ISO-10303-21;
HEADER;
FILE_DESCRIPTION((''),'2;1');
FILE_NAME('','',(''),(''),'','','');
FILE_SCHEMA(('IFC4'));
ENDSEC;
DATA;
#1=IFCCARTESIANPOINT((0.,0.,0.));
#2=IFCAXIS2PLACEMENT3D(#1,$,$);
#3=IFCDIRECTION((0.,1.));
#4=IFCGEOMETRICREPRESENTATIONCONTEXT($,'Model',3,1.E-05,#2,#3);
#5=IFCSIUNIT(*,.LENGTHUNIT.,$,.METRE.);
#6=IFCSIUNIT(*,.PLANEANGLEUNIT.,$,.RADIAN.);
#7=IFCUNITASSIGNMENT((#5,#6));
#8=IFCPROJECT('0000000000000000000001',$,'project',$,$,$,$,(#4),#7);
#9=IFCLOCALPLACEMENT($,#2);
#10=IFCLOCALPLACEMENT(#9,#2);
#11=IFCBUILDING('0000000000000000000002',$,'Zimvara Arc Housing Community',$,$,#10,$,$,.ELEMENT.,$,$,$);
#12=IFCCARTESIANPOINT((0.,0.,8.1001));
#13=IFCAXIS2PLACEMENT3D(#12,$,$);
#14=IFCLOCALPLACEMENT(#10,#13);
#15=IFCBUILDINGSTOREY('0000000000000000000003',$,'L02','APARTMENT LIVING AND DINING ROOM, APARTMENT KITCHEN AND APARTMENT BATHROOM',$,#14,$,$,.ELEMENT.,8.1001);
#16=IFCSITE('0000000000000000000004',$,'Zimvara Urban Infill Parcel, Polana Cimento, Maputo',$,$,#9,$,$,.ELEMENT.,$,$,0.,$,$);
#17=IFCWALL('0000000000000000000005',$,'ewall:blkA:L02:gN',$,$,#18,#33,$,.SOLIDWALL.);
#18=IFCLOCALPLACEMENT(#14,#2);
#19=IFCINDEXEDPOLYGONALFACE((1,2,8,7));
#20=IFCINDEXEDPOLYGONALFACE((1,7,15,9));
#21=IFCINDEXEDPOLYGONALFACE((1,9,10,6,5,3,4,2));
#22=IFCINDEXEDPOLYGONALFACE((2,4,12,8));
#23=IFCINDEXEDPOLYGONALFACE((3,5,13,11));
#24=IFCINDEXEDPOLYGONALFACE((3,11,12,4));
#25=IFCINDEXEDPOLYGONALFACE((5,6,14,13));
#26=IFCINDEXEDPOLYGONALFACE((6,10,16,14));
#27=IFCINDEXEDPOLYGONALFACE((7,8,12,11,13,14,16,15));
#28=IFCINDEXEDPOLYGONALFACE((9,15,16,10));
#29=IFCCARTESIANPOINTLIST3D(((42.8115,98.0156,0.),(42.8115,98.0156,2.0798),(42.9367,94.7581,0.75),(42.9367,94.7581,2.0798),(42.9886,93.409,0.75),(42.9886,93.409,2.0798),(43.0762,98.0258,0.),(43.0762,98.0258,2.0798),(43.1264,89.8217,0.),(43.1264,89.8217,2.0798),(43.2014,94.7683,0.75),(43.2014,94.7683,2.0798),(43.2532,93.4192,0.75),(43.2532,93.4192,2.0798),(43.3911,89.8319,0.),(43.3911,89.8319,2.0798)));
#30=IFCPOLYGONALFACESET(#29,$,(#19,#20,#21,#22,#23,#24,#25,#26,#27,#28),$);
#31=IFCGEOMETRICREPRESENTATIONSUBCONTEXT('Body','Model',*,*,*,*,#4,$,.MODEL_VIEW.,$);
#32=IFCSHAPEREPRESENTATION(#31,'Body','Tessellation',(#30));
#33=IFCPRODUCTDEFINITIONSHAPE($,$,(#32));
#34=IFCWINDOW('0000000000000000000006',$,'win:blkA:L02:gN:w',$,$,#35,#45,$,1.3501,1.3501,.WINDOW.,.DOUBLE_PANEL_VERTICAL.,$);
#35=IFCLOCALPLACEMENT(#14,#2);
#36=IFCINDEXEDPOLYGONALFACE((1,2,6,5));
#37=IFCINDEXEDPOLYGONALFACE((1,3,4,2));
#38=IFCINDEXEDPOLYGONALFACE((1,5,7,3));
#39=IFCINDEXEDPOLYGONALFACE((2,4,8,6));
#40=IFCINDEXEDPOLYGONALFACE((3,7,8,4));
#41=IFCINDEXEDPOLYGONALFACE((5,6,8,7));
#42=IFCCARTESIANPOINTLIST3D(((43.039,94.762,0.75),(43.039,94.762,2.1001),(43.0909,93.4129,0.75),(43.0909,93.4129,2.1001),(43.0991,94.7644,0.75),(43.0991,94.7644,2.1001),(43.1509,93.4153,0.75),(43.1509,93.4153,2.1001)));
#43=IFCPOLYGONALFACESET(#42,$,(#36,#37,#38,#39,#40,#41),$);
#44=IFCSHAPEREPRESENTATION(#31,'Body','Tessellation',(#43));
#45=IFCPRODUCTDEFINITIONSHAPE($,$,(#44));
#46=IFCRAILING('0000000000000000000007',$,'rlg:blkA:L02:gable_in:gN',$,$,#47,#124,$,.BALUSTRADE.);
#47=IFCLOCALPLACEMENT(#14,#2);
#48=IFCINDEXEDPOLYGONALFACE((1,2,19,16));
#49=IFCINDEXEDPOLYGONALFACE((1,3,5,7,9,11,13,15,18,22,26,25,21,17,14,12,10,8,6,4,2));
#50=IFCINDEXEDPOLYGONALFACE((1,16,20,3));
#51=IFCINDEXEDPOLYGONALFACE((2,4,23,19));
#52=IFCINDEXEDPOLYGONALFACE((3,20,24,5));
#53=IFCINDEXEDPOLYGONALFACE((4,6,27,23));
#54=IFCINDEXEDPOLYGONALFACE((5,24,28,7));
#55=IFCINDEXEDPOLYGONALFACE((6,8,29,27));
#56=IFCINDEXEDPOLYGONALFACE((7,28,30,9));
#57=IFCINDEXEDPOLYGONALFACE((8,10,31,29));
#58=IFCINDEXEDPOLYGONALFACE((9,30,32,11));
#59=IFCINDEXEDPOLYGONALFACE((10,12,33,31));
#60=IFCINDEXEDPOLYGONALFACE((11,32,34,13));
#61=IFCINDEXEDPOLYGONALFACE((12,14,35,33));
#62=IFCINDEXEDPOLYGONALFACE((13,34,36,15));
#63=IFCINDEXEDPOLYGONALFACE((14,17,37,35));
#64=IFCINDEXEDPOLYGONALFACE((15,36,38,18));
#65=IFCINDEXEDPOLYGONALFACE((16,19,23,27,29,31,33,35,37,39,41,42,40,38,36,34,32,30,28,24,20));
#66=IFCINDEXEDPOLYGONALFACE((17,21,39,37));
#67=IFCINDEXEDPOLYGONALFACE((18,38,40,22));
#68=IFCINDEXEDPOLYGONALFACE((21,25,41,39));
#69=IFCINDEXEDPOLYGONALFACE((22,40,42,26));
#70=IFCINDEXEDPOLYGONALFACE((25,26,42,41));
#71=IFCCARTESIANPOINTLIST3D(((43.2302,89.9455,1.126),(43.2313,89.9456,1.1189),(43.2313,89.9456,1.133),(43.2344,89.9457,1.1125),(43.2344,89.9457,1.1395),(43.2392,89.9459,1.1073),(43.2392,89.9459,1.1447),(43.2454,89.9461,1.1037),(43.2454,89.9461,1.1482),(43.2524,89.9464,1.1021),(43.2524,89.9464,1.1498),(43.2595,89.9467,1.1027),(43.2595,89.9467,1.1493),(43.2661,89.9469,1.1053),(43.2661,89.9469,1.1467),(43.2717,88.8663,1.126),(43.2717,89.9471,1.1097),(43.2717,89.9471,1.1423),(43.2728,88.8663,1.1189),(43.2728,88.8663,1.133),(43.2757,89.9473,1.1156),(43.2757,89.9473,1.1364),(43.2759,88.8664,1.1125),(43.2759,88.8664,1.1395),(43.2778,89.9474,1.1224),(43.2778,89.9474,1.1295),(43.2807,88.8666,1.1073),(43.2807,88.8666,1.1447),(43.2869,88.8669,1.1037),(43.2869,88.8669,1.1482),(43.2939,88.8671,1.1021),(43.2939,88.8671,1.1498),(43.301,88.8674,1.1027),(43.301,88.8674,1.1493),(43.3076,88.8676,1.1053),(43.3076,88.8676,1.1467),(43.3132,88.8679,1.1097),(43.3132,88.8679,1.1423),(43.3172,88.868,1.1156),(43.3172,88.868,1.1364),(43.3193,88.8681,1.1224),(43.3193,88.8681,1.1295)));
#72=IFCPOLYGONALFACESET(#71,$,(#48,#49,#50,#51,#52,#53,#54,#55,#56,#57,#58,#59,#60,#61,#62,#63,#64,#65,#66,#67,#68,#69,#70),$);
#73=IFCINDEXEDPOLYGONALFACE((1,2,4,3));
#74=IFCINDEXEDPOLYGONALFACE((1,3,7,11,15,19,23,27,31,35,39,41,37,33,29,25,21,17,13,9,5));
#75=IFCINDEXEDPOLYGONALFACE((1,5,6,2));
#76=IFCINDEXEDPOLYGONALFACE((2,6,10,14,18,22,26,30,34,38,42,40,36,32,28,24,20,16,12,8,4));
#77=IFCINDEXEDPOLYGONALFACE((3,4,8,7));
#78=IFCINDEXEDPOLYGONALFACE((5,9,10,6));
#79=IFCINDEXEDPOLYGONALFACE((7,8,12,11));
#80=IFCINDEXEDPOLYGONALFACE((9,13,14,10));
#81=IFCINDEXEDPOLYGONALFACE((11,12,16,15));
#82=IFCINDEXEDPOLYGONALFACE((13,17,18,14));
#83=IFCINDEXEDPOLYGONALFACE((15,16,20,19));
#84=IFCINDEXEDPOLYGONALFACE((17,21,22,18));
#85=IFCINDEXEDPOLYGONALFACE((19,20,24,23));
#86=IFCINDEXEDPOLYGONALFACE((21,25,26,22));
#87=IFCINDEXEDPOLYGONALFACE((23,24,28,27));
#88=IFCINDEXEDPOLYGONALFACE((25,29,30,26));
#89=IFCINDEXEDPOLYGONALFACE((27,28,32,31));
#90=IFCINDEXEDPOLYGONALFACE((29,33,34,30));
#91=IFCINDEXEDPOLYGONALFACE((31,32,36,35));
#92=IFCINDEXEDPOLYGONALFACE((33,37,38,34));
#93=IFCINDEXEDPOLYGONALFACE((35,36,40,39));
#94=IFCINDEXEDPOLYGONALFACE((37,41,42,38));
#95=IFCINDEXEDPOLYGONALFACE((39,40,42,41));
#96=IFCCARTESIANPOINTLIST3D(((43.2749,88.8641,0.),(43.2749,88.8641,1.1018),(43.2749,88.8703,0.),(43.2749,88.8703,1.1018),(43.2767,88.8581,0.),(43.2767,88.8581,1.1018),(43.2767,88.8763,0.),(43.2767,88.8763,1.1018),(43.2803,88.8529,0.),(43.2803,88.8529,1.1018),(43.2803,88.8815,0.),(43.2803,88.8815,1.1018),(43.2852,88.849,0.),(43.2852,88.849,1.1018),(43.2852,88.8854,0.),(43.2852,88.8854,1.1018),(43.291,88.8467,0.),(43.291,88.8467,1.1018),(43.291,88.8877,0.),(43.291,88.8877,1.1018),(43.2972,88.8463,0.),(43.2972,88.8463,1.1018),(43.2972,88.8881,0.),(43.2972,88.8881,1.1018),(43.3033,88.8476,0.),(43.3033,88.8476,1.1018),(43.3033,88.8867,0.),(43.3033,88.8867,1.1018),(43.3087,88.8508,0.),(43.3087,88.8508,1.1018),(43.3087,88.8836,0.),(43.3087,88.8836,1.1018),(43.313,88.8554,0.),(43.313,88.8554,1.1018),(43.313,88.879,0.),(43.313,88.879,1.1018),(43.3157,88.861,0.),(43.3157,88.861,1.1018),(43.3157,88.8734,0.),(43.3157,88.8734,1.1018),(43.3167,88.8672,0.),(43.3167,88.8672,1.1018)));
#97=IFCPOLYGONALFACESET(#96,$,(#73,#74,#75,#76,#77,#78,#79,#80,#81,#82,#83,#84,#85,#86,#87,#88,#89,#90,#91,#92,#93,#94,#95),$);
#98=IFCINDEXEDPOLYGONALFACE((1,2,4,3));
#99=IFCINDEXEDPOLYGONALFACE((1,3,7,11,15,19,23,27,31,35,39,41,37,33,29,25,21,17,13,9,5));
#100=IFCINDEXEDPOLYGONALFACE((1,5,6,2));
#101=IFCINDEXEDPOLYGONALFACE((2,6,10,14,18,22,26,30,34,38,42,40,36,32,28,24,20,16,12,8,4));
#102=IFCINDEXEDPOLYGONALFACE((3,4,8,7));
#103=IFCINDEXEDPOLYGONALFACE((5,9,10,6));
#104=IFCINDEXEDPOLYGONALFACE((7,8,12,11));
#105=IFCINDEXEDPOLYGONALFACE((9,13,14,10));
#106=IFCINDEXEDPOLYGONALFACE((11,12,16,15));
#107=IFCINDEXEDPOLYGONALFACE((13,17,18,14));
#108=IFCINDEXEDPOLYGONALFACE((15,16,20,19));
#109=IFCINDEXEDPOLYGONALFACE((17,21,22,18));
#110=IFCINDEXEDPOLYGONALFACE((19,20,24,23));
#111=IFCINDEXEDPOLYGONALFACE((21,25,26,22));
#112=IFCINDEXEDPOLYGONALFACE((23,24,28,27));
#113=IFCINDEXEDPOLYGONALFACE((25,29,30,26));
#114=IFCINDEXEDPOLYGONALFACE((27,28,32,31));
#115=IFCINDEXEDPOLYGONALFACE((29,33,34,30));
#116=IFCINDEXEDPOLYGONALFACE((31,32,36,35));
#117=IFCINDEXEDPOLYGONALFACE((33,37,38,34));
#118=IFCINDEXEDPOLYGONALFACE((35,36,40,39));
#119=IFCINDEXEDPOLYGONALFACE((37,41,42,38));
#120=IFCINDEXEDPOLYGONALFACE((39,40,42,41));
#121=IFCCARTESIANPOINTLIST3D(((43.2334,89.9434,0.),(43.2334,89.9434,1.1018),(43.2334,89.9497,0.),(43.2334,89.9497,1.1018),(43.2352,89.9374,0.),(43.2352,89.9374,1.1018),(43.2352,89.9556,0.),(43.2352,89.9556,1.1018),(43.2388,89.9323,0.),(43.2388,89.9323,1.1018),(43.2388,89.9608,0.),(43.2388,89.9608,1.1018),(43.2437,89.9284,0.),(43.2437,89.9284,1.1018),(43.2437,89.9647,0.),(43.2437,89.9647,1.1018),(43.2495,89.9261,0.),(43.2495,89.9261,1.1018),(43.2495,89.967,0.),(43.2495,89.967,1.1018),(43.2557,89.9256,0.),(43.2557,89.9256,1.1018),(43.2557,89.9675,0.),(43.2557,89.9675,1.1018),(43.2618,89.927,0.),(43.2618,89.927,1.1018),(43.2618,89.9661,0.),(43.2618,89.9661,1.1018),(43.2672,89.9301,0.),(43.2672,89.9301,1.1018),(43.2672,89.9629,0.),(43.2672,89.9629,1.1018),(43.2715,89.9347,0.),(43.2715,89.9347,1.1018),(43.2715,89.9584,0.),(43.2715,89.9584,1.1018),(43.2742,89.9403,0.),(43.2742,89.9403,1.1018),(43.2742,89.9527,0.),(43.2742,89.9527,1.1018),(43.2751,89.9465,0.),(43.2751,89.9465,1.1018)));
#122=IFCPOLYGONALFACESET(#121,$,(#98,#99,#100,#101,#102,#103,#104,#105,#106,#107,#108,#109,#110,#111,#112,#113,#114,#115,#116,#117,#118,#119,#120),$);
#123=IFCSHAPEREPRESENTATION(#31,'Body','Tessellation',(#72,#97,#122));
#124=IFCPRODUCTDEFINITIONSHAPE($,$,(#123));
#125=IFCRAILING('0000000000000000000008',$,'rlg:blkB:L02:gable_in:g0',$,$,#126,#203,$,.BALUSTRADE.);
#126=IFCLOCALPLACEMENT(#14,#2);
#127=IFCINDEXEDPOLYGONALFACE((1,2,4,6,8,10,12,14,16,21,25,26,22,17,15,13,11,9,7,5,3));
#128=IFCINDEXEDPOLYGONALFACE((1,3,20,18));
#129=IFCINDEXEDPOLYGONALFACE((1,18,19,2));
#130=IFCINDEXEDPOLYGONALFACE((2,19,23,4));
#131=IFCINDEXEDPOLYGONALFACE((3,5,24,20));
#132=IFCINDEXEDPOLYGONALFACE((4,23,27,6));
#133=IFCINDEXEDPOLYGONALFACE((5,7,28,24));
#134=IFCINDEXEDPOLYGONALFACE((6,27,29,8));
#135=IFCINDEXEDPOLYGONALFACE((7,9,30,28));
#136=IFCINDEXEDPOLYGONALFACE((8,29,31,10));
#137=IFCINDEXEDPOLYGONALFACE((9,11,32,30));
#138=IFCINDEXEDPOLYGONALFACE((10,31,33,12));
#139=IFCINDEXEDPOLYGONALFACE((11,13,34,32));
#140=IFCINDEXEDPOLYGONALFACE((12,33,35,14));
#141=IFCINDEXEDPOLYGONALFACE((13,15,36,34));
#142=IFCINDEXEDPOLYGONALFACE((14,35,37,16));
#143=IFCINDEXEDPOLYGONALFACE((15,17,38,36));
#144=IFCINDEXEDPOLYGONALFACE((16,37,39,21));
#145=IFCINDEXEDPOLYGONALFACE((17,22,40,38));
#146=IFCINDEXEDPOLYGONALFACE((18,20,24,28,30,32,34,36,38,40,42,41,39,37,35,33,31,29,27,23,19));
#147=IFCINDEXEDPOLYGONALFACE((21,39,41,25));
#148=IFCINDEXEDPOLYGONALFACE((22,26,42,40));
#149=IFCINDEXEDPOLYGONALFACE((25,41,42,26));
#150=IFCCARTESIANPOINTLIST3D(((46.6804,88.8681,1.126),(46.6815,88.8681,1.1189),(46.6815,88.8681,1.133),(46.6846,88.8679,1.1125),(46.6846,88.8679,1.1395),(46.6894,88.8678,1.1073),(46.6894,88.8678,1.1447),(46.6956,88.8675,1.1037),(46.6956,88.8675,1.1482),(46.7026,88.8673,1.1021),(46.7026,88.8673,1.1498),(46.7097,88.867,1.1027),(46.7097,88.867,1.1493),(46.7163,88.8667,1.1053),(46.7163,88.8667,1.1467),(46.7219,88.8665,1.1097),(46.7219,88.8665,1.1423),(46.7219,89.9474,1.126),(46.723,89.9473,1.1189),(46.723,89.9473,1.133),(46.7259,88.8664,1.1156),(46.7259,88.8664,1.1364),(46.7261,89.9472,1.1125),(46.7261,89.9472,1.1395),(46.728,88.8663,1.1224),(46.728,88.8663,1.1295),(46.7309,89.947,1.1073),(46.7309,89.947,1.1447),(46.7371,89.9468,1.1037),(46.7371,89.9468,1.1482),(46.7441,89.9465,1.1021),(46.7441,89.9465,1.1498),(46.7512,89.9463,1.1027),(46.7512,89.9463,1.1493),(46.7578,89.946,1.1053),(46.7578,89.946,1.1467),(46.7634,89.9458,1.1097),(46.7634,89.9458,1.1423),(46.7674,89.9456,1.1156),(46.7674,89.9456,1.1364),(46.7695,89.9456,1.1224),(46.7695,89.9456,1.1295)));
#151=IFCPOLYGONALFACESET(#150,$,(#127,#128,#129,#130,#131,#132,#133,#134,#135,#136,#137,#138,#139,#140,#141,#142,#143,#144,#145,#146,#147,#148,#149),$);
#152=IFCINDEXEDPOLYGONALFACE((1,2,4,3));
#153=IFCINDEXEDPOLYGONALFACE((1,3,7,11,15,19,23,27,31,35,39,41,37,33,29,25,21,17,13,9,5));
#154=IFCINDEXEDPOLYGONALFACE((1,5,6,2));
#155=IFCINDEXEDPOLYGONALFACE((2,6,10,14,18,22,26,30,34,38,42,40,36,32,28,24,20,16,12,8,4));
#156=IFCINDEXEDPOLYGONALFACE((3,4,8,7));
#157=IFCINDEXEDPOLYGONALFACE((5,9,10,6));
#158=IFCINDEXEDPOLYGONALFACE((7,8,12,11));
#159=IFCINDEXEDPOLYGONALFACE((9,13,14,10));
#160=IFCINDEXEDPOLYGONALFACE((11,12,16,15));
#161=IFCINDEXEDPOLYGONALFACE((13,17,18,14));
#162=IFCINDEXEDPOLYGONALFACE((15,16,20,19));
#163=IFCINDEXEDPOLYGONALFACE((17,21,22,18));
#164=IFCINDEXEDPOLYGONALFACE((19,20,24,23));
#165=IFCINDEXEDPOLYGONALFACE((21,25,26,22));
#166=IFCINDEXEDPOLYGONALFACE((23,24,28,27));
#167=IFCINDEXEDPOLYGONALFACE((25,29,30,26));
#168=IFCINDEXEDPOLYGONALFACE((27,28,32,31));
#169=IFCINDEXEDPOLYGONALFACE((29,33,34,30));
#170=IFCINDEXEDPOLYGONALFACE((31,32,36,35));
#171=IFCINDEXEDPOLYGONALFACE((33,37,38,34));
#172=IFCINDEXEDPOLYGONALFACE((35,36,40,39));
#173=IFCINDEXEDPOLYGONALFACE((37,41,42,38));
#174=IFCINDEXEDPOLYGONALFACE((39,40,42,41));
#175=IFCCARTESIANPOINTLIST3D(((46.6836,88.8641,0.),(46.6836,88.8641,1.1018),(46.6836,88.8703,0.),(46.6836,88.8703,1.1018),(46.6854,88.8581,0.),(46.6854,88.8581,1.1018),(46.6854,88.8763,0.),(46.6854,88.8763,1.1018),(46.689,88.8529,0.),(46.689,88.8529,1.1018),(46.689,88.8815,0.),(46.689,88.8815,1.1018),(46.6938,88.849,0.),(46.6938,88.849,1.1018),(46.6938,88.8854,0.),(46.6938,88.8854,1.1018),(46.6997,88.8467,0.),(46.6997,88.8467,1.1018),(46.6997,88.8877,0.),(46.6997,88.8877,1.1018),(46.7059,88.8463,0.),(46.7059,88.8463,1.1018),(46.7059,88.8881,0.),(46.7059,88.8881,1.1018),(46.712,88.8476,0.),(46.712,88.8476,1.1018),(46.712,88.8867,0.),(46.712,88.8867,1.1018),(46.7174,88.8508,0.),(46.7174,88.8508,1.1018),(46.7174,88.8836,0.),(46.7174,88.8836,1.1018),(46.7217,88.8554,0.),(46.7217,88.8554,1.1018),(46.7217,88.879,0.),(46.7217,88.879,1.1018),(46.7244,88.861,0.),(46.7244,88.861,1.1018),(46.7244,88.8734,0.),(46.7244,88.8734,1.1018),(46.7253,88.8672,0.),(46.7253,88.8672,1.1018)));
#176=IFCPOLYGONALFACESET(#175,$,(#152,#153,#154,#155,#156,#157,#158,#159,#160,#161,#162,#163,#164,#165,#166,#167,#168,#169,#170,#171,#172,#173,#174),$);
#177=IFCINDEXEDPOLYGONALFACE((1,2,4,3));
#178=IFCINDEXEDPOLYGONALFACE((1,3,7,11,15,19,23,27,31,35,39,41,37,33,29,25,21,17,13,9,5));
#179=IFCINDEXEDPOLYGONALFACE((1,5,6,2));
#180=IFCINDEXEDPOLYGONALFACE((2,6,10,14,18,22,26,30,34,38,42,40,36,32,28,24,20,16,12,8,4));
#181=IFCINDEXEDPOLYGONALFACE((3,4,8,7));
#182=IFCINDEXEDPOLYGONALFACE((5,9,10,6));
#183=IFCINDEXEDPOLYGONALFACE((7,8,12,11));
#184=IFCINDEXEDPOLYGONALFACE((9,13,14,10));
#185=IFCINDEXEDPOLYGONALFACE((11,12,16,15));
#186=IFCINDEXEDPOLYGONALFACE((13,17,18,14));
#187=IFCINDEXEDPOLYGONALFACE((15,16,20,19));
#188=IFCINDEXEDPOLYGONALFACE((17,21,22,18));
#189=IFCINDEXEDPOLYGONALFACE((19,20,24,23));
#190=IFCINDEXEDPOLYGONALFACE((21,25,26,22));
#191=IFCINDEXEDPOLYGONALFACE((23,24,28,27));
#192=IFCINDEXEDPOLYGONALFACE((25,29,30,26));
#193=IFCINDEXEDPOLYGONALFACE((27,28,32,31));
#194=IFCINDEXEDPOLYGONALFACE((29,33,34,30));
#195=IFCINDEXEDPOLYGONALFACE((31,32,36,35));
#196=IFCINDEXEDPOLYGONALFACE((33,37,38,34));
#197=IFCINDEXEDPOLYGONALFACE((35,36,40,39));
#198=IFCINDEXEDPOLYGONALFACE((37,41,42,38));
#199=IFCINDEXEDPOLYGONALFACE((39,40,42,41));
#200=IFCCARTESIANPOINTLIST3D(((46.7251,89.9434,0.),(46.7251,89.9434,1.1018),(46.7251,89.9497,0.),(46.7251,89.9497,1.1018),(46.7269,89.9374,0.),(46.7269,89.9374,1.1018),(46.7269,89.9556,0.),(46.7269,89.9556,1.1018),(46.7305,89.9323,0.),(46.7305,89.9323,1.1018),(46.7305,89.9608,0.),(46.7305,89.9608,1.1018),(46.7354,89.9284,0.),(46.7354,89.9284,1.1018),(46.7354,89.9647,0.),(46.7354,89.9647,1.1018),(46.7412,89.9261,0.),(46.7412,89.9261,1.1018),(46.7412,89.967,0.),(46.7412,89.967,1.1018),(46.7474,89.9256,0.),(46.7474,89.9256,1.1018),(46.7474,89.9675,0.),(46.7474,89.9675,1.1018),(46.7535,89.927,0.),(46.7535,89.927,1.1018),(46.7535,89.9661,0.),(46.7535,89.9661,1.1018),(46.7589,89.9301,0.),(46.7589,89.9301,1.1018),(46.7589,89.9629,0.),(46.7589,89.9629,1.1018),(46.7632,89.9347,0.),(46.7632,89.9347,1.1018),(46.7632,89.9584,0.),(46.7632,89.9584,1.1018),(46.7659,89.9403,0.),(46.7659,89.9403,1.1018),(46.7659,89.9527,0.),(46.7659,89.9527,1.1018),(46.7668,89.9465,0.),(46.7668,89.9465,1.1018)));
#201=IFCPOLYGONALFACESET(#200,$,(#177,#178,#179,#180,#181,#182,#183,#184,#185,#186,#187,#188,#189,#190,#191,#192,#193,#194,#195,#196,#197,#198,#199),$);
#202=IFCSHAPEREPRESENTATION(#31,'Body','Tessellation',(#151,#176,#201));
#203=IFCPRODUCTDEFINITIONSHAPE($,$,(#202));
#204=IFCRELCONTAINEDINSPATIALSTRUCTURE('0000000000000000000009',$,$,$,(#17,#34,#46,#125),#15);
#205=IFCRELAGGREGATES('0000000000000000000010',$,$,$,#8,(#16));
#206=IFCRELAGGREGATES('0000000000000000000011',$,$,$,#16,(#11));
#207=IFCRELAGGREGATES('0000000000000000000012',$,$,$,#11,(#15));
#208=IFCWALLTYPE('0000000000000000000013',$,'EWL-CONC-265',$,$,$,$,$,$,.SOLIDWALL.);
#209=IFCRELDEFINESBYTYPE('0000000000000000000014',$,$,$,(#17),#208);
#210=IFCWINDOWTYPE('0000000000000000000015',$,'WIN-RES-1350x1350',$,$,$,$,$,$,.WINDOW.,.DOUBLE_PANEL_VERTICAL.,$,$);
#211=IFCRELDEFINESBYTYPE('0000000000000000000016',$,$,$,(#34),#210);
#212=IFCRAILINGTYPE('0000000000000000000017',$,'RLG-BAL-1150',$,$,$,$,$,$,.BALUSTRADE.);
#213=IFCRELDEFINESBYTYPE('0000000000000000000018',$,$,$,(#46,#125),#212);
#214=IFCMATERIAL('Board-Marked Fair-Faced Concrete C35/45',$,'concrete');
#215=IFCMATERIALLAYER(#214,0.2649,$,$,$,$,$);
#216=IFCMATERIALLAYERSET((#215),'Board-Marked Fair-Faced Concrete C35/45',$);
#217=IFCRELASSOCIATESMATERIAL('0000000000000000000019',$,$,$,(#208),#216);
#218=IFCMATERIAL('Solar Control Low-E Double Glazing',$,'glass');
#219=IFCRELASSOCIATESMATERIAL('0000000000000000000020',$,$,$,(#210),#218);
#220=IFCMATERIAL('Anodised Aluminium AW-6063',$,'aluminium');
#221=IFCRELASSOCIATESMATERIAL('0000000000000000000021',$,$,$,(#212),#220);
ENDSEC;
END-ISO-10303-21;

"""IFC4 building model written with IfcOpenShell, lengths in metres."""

from ifc_helpers import new_model, si_unit, direction, frame, frame_2d, origin, origin_2d, place, context, subcontext, project, spatial, rectangle, circle, extrude, material, layer, layer_set, type_object, element, fill, save


model = new_model("IFC4")

# Units and contexts
model_context = context("Model", 3, precision=1e-05, world=origin(), true_north=direction((0.0, 1.0)))
body_context = subcontext(model_context, "Body", "Model", "MODEL_VIEW")
ifc_project = project(units=[si_unit("LENGTHUNIT", "METRE"), si_unit("PLANEANGLEUNIT", "RADIAN")], contexts=[model_context])

# Site, building, storey
site_placement = place(None, origin())
site = spatial("IfcSite", under=ifc_project, at=site_placement, Name="Zimvara Urban Infill Parcel, Polana Cimento, Maputo", CompositionType="ELEMENT", RefElevation=0.0)
building_placement = place(site_placement, origin())
building = spatial("IfcBuilding", under=site, at=building_placement, Name="Zimvara Arc Housing Community", CompositionType="ELEMENT")
storey_placement = place(building_placement, frame((0.0, 0.0, 8.1001)))
storey = spatial("IfcBuildingStorey", under=building, at=storey_placement, Name="L02", Description="APARTMENT LIVING AND DINING ROOM, APARTMENT KITCHEN AND APARTMENT BATHROOM", CompositionType="ELEMENT", Elevation=8.1001)

# Wall, opening, window
ifc_material_1 = material(Name="Board-Marked Fair-Faced Concrete C35/45", Category="concrete")
ifc_layer_1 = layer(ifc_material_1, 0.2649)
ifc_layer_set_1 = layer_set([ifc_layer_1], Name="Board-Marked Fair-Faced Concrete C35/45")
wall_type = type_object("IfcWallType", Name="EWL-CONC-265", PredefinedType="SOLIDWALL", material=ifc_layer_set_1)
wall_placement = place(storey_placement, frame((43.2588, 89.8267, 0.0), z_axis=(0.0, 0.0, 1.0), x_axis=(-0.038408, 0.999262, 0.0)))
wall = element("IfcWall", 1, at=wall_placement, inside=storey, type_object=wall_type, Name="ewall:blkA:L02:gN", PredefinedType="SOLIDWALL", context=body_context, shape_type="SweptSolid", body=[
    extrude(rectangle(XDim=8.2, YDim=0.2649, at=frame_2d((4.1001, 0.0))), origin(), (0.0, 0.0, 1.0), 2.0798),
])
opening_placement = place(wall_placement, frame((3.5901, 0.0, 0.75)))
opening = element("IfcOpeningElement", 2, at=opening_placement, cuts=wall, PredefinedType="OPENING", context=body_context, shape_type="SweptSolid", body=[
    extrude(rectangle(XDim=1.3501, YDim=1.3501, at=frame_2d((0.675, 0.675))), frame((0.0, 0.1423, 0.0), z_axis=(0.0, -1.0, 0.0), x_axis=(1.0, 0.0, 0.0)), (0.0, 0.0, 1.0), 0.2849),
])
ifc_material_2 = material(Name="Solar Control Low-E Double Glazing", Category="glass")
window_type = type_object("IfcWindowType", Name="WIN-RES-1350x1350", PartitioningType="DOUBLE_PANEL_VERTICAL", PredefinedType="WINDOW", material=ifc_material_2)
window_placement = place(opening_placement, origin())
window = element("IfcWindow", 3, at=window_placement, inside=storey, type_object=window_type, Name="win:blkA:L02:gN:w", OverallHeight=1.3501, OverallWidth=1.3501, PartitioningType="DOUBLE_PANEL_VERTICAL", PredefinedType="WINDOW", context=body_context, shape_type="SweptSolid", body=[
    extrude(rectangle(XDim=1.3501, YDim=1.3501, at=frame_2d((0.675, 0.675))), frame((0.0, 0.03, 0.0), z_axis=(0.0, -1.0, 0.0), x_axis=(1.0, 0.0, 0.0)), (0.0, 0.0, 1.0), 0.0601),
])
fill(opening, window)

# Railings
ifc_material_3 = material(Name="Anodised Aluminium AW-6063", Category="aluminium")
railing_type = type_object("IfcRailingType", Name="RLG-BAL-1150", PredefinedType="BALUSTRADE", material=ifc_material_3)
railing_1_placement = place(storey_placement, frame((43.2957, 88.8672, 0.0)))
element("IfcRailing", 4, at=railing_1_placement, inside=storey, type_object=railing_type, Name="rlg:blkA:L02:gable_in:gN", PredefinedType="BALUSTRADE", context=body_context, shape_type="SweptSolid", body=[
    extrude(circle(Radius=0.0239, at=origin_2d()), frame((0.0, 0.0, 1.126), z_axis=(-0.038424, 0.999262, 0.0), x_axis=(-0.999262, -0.038424, 0.0)), (0.0, 0.0, 1.0), 1.0801),
    extrude(circle(Radius=0.021, at=origin_2d()), origin(), (0.0, 0.0, 1.0), 1.1018),
    extrude(circle(Radius=0.021, at=origin_2d()), frame((-0.0415, 1.0793, 0.0)), (0.0, 0.0, 1.0), 1.1018),
])
railing_2_placement = place(storey_placement, frame((46.7043, 88.8672, 0.0)))
element("IfcRailing", 5, at=railing_2_placement, inside=storey, type_object=railing_type, Name="rlg:blkB:L02:gable_in:g0", PredefinedType="BALUSTRADE", context=body_context, shape_type="SweptSolid", body=[
    extrude(circle(Radius=0.0239, at=origin_2d()), frame((0.0, 0.0, 1.126), z_axis=(0.038424, 0.999262, 0.0), x_axis=(-0.999262, 0.038424, 0.0)), (0.0, 0.0, 1.0), 1.0801),
    extrude(circle(Radius=0.021, at=origin_2d()), origin(), (0.0, 0.0, 1.0), 1.1018),
    extrude(circle(Radius=0.021, at=origin_2d()), frame((0.0415, 1.0793, 0.0)), (0.0, 0.0, 1.0), 1.1018),
])

save(model, "model.ifc")
